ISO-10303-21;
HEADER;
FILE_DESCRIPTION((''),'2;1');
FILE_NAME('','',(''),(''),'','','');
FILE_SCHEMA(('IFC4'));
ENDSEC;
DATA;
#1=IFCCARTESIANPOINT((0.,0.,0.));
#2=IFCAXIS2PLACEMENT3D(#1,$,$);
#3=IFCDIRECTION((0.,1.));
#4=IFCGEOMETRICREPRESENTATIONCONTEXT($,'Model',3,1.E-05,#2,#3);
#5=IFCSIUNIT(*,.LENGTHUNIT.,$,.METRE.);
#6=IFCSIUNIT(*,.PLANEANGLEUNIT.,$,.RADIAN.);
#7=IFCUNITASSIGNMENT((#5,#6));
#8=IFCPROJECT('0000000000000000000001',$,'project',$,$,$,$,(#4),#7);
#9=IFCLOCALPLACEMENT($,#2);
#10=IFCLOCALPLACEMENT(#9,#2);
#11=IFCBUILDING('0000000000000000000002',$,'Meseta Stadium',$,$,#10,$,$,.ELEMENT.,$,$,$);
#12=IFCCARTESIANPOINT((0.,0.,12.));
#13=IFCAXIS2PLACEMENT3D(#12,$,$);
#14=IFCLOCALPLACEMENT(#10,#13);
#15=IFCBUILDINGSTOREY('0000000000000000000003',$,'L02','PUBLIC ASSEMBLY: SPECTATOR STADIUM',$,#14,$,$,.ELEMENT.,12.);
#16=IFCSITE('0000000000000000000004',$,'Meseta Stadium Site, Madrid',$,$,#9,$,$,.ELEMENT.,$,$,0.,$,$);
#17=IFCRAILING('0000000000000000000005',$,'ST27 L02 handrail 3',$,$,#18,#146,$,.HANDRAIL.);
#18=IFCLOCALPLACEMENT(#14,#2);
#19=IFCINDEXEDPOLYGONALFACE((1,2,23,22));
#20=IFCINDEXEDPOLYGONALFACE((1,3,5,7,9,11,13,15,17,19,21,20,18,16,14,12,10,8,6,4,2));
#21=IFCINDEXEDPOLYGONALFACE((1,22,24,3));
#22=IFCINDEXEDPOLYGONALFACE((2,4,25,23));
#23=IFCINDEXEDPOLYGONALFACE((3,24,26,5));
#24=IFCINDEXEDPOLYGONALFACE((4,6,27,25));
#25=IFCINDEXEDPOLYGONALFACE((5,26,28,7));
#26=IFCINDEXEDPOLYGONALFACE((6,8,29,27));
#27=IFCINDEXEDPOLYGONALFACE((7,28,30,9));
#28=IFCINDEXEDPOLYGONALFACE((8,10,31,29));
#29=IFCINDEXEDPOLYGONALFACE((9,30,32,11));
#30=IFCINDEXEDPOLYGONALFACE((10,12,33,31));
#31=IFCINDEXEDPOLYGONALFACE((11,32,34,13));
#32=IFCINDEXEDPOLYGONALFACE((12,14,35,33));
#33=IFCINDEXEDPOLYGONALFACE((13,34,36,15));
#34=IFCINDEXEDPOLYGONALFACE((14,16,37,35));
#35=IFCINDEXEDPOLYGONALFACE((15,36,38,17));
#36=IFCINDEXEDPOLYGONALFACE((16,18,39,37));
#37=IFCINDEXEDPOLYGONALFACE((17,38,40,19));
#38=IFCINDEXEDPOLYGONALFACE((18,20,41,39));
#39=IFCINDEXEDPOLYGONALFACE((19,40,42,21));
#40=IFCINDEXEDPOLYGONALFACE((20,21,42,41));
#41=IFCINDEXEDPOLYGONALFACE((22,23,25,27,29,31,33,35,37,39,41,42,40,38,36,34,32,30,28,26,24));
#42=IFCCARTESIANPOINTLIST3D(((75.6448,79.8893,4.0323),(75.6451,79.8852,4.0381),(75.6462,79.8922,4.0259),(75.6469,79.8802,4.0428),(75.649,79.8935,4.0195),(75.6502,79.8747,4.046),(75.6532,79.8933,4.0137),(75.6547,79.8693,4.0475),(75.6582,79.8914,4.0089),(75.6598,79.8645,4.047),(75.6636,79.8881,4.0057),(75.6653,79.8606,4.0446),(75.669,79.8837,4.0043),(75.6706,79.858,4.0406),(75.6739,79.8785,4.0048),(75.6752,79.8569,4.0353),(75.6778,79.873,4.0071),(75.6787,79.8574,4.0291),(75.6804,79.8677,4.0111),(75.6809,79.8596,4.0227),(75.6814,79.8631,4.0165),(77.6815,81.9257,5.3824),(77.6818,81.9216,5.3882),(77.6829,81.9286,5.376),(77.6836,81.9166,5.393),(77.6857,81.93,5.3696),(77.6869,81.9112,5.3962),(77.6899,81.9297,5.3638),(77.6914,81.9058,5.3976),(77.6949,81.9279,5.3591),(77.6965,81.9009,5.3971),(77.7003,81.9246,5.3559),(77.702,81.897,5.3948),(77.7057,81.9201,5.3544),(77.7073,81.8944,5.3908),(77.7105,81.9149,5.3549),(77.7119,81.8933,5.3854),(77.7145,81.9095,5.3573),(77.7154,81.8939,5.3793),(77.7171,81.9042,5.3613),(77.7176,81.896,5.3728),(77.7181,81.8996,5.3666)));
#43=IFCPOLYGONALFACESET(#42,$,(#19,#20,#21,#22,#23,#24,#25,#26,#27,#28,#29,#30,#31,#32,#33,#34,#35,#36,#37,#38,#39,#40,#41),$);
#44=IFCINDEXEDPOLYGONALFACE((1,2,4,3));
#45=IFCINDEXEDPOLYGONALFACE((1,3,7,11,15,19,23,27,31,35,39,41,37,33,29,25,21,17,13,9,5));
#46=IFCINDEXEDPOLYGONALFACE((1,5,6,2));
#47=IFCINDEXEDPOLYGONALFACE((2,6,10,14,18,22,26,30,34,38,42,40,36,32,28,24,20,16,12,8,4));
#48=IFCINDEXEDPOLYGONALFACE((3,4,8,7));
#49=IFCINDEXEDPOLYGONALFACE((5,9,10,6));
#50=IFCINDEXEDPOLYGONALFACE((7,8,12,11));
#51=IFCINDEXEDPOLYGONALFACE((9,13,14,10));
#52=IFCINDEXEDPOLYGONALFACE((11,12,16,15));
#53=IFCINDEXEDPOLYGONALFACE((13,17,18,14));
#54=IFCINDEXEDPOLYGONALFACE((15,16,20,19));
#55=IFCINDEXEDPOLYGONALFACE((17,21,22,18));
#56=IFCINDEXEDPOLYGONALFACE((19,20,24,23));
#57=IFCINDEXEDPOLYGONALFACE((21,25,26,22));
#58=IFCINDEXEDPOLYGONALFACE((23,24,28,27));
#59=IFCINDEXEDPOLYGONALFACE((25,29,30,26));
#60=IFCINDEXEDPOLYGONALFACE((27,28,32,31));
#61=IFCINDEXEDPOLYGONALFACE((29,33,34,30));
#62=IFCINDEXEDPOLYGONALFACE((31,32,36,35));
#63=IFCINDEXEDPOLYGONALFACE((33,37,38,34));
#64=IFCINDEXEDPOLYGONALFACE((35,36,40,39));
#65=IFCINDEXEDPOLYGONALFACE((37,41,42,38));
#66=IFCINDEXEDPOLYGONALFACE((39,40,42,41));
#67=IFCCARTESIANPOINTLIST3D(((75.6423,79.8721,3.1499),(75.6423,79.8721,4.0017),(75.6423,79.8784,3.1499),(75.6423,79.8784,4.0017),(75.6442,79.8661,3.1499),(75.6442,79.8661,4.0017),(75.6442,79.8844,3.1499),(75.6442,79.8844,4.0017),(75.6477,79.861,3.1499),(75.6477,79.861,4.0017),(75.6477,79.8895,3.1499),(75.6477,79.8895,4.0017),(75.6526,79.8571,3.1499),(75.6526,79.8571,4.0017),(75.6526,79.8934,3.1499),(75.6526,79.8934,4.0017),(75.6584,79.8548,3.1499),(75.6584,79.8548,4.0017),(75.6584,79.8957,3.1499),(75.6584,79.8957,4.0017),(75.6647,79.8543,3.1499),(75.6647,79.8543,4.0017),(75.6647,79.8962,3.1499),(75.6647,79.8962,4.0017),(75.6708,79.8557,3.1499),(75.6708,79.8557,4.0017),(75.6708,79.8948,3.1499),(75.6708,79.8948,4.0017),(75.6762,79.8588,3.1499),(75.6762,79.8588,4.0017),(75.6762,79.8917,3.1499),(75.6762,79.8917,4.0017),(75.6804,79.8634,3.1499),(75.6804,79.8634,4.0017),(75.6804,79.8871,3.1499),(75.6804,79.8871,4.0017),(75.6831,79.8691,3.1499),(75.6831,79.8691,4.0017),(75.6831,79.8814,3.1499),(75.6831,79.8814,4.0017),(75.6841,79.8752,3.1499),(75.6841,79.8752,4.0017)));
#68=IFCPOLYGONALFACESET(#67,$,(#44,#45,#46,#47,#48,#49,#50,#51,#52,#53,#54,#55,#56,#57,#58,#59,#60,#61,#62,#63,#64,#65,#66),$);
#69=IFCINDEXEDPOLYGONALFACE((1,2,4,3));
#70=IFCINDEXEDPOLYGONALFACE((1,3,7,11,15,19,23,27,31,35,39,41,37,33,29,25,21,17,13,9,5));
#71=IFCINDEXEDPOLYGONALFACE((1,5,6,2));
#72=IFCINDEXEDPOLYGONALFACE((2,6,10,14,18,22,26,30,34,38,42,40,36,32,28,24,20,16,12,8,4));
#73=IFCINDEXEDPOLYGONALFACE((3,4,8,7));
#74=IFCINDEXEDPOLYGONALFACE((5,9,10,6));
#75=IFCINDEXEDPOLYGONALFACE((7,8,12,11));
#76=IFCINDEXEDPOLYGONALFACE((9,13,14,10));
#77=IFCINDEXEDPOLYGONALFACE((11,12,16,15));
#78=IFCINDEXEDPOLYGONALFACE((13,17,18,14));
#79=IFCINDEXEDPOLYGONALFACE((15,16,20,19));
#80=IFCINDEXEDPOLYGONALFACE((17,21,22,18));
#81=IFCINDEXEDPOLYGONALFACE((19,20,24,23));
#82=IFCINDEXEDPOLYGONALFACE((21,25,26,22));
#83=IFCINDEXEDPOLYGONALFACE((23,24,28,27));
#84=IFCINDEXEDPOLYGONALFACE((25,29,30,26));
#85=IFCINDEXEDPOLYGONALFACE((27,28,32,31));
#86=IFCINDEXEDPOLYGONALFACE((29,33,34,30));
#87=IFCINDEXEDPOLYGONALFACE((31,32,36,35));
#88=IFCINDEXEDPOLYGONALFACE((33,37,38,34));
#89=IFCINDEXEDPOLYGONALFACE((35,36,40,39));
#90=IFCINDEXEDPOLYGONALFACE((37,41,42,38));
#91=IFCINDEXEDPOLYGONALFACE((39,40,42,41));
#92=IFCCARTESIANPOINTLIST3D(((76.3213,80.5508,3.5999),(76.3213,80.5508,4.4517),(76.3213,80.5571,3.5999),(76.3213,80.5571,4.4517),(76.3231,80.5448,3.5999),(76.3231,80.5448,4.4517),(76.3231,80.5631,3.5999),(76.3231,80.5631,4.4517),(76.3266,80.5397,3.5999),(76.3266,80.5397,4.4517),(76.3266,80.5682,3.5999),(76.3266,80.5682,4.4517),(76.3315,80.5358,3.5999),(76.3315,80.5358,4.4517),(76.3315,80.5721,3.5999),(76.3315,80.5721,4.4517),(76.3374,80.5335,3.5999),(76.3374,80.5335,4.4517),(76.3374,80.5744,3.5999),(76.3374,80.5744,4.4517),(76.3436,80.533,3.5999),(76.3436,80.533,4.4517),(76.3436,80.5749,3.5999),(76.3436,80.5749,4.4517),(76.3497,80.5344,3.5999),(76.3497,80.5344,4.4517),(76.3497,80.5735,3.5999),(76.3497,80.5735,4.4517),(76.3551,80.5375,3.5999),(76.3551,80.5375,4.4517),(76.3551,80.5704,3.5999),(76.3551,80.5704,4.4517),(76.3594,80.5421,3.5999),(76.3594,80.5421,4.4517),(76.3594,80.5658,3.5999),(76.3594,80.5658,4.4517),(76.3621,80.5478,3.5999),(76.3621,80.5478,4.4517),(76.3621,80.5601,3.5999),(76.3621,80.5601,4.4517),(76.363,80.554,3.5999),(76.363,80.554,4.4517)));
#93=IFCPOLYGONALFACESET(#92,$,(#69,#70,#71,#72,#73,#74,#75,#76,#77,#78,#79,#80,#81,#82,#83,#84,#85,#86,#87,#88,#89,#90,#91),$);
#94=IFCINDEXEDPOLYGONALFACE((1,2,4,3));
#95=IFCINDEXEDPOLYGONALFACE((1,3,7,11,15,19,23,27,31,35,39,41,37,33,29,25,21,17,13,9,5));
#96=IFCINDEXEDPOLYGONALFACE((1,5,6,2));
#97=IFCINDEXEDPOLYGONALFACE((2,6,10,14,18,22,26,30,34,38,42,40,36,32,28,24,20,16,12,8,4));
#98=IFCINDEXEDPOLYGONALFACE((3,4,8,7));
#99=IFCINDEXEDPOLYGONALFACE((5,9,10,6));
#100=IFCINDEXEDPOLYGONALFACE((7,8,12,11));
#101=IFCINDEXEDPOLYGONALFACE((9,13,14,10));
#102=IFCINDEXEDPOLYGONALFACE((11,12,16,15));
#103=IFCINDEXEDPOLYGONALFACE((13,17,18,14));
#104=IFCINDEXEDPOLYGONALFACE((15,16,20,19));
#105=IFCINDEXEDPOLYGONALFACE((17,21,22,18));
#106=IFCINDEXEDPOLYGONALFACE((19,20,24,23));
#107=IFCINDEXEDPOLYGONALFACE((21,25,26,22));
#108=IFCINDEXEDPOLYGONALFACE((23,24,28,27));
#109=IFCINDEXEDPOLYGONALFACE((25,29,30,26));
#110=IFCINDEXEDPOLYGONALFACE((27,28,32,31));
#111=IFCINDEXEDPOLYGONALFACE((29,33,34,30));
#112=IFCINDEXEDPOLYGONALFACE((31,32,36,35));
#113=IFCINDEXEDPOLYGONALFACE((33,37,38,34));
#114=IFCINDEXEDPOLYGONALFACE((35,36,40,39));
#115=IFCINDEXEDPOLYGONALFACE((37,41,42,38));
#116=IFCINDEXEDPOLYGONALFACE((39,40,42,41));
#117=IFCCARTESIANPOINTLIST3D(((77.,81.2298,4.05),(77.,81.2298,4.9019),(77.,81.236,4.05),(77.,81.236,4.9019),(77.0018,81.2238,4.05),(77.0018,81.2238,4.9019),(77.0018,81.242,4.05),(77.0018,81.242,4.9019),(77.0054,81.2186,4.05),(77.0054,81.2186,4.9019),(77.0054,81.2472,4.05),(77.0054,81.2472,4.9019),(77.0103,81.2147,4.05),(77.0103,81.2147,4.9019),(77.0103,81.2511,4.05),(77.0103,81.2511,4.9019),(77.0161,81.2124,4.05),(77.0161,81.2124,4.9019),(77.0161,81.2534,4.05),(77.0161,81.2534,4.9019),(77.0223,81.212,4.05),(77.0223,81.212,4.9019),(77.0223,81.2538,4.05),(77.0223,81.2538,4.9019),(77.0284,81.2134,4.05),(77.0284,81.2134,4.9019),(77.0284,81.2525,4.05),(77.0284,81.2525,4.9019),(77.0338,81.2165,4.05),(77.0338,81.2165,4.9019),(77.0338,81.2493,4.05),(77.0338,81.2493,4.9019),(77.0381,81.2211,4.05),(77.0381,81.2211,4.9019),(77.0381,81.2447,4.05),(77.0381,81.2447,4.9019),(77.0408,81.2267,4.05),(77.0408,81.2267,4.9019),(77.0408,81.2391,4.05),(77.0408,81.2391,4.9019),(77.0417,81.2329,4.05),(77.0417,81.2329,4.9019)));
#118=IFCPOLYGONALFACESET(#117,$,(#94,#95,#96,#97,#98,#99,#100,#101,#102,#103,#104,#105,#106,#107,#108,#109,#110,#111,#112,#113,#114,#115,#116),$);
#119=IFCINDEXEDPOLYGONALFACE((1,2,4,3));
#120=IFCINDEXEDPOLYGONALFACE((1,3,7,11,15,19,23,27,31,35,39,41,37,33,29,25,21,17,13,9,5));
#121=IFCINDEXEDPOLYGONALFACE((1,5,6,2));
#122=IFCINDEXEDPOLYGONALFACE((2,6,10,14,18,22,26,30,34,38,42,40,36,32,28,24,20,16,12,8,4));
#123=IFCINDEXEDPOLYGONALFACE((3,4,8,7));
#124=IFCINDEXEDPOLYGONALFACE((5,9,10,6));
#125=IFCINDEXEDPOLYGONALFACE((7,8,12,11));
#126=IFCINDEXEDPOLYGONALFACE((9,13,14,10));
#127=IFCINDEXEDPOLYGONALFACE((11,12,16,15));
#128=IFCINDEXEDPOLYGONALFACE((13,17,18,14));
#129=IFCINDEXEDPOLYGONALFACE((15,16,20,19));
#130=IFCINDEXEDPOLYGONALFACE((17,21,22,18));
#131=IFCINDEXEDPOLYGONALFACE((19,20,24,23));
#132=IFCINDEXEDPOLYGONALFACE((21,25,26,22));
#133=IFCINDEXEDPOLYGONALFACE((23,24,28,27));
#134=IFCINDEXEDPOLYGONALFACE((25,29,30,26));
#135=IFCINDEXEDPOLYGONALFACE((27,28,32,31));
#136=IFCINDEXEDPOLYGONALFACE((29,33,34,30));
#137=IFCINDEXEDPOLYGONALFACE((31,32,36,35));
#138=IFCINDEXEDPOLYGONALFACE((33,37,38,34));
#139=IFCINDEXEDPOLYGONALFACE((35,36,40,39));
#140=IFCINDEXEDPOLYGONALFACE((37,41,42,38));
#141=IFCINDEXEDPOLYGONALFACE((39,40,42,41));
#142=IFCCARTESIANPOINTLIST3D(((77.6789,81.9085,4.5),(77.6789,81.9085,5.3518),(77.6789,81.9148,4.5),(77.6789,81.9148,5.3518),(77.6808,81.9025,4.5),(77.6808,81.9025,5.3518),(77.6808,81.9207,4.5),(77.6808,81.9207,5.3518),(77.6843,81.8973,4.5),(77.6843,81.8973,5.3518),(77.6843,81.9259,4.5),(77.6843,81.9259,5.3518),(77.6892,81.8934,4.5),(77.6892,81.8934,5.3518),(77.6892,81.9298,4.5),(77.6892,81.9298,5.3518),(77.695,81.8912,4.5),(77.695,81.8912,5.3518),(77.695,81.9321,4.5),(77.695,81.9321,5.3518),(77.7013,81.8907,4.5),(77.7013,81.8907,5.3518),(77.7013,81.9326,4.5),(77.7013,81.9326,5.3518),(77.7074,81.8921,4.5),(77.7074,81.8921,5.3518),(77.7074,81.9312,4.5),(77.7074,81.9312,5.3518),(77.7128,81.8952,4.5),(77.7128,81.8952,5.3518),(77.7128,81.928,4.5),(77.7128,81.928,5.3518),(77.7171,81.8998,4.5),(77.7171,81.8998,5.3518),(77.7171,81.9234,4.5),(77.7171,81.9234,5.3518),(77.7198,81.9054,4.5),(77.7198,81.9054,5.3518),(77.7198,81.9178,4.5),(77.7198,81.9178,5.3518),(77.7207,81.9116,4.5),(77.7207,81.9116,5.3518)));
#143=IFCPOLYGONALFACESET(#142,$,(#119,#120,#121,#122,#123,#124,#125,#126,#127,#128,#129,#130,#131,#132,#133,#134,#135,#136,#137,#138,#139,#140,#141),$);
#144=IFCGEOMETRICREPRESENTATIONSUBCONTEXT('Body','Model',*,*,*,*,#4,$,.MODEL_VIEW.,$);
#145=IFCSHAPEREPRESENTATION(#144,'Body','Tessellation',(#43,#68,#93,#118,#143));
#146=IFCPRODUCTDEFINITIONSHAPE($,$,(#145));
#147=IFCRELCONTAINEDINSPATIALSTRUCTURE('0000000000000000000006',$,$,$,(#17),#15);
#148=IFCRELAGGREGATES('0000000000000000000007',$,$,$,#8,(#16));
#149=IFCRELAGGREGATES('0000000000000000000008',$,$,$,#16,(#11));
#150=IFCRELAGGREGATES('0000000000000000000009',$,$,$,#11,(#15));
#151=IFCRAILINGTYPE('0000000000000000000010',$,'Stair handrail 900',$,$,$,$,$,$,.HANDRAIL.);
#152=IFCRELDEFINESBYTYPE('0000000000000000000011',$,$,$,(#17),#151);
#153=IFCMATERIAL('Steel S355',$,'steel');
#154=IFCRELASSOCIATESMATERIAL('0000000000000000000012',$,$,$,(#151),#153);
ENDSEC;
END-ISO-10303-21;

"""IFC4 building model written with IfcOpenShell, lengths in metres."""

from ifc_helpers import new_model, si_unit, direction, frame, origin, origin_2d, place, context, subcontext, project, spatial, circle, extrude, material, type_object, element, save


model = new_model("IFC4")

# Units and contexts
model_context = context("Model", 3, precision=1e-05, world=origin(), true_north=direction((0.0, 1.0)))
body_context = subcontext(model_context, "Body", "Model", "MODEL_VIEW")
ifc_project = project(units=[si_unit("LENGTHUNIT", "METRE"), si_unit("PLANEANGLEUNIT", "RADIAN")], contexts=[model_context])

# Site, building, storey
site_placement = place(None, origin())
site = spatial("IfcSite", under=ifc_project, at=site_placement, Name="Meseta Stadium Site, Madrid", CompositionType="ELEMENT", RefElevation=0.0)
building_placement = place(site_placement, origin())
building = spatial("IfcBuilding", under=site, at=building_placement, Name="Meseta Stadium", CompositionType="ELEMENT")
storey_placement = place(building_placement, frame((0.0, 0.0, 12.0)))
storey = spatial("IfcBuildingStorey", under=building, at=storey_placement, Name="L02", Description="PUBLIC ASSEMBLY: SPECTATOR STADIUM", CompositionType="ELEMENT", Elevation=12.0)

# Railing
ifc_material_1 = material(Name="Steel S355", Category="steel")
railing_type_1 = type_object("IfcRailingType", Name="Stair handrail 900", PredefinedType="HANDRAIL", material=ifc_material_1)
for number, where, name in (
    (1, (75.6631, 79.8752, 3.1499), "ST27 L02 handrail 3"),
):
    element("IfcRailing", number, at=place(storey_placement, frame(where)), inside=storey, type_object=railing_type_1, Name=name, PredefinedType="HANDRAIL", context=body_context, shape_type="SweptSolid", body=[
        extrude(circle(Radius=0.0239, at=origin_2d()), frame((0.0, 0.0, 0.876), z_axis=(0.640288, 0.640211, 0.424454), x_axis=(-0.707064, 0.707149, 0.0)), (0.0, 0.0, 1.0), 3.1809),
        extrude(circle(Radius=0.021, at=origin_2d()), origin(), (0.0, 0.0, 1.0), 0.8518),
        extrude(circle(Radius=0.021, at=origin_2d()), frame((0.679, 0.6787, 0.45)), (0.0, 0.0, 1.0), 0.8518),
        extrude(circle(Radius=0.021, at=origin_2d()), frame((1.3577, 1.3577, 0.9001)), (0.0, 0.0, 1.0), 0.8518),
        extrude(circle(Radius=0.021, at=origin_2d()), frame((2.0366, 2.0364, 1.3501)), (0.0, 0.0, 1.0), 0.8518),
    ])

save(model, "model.ifc")
